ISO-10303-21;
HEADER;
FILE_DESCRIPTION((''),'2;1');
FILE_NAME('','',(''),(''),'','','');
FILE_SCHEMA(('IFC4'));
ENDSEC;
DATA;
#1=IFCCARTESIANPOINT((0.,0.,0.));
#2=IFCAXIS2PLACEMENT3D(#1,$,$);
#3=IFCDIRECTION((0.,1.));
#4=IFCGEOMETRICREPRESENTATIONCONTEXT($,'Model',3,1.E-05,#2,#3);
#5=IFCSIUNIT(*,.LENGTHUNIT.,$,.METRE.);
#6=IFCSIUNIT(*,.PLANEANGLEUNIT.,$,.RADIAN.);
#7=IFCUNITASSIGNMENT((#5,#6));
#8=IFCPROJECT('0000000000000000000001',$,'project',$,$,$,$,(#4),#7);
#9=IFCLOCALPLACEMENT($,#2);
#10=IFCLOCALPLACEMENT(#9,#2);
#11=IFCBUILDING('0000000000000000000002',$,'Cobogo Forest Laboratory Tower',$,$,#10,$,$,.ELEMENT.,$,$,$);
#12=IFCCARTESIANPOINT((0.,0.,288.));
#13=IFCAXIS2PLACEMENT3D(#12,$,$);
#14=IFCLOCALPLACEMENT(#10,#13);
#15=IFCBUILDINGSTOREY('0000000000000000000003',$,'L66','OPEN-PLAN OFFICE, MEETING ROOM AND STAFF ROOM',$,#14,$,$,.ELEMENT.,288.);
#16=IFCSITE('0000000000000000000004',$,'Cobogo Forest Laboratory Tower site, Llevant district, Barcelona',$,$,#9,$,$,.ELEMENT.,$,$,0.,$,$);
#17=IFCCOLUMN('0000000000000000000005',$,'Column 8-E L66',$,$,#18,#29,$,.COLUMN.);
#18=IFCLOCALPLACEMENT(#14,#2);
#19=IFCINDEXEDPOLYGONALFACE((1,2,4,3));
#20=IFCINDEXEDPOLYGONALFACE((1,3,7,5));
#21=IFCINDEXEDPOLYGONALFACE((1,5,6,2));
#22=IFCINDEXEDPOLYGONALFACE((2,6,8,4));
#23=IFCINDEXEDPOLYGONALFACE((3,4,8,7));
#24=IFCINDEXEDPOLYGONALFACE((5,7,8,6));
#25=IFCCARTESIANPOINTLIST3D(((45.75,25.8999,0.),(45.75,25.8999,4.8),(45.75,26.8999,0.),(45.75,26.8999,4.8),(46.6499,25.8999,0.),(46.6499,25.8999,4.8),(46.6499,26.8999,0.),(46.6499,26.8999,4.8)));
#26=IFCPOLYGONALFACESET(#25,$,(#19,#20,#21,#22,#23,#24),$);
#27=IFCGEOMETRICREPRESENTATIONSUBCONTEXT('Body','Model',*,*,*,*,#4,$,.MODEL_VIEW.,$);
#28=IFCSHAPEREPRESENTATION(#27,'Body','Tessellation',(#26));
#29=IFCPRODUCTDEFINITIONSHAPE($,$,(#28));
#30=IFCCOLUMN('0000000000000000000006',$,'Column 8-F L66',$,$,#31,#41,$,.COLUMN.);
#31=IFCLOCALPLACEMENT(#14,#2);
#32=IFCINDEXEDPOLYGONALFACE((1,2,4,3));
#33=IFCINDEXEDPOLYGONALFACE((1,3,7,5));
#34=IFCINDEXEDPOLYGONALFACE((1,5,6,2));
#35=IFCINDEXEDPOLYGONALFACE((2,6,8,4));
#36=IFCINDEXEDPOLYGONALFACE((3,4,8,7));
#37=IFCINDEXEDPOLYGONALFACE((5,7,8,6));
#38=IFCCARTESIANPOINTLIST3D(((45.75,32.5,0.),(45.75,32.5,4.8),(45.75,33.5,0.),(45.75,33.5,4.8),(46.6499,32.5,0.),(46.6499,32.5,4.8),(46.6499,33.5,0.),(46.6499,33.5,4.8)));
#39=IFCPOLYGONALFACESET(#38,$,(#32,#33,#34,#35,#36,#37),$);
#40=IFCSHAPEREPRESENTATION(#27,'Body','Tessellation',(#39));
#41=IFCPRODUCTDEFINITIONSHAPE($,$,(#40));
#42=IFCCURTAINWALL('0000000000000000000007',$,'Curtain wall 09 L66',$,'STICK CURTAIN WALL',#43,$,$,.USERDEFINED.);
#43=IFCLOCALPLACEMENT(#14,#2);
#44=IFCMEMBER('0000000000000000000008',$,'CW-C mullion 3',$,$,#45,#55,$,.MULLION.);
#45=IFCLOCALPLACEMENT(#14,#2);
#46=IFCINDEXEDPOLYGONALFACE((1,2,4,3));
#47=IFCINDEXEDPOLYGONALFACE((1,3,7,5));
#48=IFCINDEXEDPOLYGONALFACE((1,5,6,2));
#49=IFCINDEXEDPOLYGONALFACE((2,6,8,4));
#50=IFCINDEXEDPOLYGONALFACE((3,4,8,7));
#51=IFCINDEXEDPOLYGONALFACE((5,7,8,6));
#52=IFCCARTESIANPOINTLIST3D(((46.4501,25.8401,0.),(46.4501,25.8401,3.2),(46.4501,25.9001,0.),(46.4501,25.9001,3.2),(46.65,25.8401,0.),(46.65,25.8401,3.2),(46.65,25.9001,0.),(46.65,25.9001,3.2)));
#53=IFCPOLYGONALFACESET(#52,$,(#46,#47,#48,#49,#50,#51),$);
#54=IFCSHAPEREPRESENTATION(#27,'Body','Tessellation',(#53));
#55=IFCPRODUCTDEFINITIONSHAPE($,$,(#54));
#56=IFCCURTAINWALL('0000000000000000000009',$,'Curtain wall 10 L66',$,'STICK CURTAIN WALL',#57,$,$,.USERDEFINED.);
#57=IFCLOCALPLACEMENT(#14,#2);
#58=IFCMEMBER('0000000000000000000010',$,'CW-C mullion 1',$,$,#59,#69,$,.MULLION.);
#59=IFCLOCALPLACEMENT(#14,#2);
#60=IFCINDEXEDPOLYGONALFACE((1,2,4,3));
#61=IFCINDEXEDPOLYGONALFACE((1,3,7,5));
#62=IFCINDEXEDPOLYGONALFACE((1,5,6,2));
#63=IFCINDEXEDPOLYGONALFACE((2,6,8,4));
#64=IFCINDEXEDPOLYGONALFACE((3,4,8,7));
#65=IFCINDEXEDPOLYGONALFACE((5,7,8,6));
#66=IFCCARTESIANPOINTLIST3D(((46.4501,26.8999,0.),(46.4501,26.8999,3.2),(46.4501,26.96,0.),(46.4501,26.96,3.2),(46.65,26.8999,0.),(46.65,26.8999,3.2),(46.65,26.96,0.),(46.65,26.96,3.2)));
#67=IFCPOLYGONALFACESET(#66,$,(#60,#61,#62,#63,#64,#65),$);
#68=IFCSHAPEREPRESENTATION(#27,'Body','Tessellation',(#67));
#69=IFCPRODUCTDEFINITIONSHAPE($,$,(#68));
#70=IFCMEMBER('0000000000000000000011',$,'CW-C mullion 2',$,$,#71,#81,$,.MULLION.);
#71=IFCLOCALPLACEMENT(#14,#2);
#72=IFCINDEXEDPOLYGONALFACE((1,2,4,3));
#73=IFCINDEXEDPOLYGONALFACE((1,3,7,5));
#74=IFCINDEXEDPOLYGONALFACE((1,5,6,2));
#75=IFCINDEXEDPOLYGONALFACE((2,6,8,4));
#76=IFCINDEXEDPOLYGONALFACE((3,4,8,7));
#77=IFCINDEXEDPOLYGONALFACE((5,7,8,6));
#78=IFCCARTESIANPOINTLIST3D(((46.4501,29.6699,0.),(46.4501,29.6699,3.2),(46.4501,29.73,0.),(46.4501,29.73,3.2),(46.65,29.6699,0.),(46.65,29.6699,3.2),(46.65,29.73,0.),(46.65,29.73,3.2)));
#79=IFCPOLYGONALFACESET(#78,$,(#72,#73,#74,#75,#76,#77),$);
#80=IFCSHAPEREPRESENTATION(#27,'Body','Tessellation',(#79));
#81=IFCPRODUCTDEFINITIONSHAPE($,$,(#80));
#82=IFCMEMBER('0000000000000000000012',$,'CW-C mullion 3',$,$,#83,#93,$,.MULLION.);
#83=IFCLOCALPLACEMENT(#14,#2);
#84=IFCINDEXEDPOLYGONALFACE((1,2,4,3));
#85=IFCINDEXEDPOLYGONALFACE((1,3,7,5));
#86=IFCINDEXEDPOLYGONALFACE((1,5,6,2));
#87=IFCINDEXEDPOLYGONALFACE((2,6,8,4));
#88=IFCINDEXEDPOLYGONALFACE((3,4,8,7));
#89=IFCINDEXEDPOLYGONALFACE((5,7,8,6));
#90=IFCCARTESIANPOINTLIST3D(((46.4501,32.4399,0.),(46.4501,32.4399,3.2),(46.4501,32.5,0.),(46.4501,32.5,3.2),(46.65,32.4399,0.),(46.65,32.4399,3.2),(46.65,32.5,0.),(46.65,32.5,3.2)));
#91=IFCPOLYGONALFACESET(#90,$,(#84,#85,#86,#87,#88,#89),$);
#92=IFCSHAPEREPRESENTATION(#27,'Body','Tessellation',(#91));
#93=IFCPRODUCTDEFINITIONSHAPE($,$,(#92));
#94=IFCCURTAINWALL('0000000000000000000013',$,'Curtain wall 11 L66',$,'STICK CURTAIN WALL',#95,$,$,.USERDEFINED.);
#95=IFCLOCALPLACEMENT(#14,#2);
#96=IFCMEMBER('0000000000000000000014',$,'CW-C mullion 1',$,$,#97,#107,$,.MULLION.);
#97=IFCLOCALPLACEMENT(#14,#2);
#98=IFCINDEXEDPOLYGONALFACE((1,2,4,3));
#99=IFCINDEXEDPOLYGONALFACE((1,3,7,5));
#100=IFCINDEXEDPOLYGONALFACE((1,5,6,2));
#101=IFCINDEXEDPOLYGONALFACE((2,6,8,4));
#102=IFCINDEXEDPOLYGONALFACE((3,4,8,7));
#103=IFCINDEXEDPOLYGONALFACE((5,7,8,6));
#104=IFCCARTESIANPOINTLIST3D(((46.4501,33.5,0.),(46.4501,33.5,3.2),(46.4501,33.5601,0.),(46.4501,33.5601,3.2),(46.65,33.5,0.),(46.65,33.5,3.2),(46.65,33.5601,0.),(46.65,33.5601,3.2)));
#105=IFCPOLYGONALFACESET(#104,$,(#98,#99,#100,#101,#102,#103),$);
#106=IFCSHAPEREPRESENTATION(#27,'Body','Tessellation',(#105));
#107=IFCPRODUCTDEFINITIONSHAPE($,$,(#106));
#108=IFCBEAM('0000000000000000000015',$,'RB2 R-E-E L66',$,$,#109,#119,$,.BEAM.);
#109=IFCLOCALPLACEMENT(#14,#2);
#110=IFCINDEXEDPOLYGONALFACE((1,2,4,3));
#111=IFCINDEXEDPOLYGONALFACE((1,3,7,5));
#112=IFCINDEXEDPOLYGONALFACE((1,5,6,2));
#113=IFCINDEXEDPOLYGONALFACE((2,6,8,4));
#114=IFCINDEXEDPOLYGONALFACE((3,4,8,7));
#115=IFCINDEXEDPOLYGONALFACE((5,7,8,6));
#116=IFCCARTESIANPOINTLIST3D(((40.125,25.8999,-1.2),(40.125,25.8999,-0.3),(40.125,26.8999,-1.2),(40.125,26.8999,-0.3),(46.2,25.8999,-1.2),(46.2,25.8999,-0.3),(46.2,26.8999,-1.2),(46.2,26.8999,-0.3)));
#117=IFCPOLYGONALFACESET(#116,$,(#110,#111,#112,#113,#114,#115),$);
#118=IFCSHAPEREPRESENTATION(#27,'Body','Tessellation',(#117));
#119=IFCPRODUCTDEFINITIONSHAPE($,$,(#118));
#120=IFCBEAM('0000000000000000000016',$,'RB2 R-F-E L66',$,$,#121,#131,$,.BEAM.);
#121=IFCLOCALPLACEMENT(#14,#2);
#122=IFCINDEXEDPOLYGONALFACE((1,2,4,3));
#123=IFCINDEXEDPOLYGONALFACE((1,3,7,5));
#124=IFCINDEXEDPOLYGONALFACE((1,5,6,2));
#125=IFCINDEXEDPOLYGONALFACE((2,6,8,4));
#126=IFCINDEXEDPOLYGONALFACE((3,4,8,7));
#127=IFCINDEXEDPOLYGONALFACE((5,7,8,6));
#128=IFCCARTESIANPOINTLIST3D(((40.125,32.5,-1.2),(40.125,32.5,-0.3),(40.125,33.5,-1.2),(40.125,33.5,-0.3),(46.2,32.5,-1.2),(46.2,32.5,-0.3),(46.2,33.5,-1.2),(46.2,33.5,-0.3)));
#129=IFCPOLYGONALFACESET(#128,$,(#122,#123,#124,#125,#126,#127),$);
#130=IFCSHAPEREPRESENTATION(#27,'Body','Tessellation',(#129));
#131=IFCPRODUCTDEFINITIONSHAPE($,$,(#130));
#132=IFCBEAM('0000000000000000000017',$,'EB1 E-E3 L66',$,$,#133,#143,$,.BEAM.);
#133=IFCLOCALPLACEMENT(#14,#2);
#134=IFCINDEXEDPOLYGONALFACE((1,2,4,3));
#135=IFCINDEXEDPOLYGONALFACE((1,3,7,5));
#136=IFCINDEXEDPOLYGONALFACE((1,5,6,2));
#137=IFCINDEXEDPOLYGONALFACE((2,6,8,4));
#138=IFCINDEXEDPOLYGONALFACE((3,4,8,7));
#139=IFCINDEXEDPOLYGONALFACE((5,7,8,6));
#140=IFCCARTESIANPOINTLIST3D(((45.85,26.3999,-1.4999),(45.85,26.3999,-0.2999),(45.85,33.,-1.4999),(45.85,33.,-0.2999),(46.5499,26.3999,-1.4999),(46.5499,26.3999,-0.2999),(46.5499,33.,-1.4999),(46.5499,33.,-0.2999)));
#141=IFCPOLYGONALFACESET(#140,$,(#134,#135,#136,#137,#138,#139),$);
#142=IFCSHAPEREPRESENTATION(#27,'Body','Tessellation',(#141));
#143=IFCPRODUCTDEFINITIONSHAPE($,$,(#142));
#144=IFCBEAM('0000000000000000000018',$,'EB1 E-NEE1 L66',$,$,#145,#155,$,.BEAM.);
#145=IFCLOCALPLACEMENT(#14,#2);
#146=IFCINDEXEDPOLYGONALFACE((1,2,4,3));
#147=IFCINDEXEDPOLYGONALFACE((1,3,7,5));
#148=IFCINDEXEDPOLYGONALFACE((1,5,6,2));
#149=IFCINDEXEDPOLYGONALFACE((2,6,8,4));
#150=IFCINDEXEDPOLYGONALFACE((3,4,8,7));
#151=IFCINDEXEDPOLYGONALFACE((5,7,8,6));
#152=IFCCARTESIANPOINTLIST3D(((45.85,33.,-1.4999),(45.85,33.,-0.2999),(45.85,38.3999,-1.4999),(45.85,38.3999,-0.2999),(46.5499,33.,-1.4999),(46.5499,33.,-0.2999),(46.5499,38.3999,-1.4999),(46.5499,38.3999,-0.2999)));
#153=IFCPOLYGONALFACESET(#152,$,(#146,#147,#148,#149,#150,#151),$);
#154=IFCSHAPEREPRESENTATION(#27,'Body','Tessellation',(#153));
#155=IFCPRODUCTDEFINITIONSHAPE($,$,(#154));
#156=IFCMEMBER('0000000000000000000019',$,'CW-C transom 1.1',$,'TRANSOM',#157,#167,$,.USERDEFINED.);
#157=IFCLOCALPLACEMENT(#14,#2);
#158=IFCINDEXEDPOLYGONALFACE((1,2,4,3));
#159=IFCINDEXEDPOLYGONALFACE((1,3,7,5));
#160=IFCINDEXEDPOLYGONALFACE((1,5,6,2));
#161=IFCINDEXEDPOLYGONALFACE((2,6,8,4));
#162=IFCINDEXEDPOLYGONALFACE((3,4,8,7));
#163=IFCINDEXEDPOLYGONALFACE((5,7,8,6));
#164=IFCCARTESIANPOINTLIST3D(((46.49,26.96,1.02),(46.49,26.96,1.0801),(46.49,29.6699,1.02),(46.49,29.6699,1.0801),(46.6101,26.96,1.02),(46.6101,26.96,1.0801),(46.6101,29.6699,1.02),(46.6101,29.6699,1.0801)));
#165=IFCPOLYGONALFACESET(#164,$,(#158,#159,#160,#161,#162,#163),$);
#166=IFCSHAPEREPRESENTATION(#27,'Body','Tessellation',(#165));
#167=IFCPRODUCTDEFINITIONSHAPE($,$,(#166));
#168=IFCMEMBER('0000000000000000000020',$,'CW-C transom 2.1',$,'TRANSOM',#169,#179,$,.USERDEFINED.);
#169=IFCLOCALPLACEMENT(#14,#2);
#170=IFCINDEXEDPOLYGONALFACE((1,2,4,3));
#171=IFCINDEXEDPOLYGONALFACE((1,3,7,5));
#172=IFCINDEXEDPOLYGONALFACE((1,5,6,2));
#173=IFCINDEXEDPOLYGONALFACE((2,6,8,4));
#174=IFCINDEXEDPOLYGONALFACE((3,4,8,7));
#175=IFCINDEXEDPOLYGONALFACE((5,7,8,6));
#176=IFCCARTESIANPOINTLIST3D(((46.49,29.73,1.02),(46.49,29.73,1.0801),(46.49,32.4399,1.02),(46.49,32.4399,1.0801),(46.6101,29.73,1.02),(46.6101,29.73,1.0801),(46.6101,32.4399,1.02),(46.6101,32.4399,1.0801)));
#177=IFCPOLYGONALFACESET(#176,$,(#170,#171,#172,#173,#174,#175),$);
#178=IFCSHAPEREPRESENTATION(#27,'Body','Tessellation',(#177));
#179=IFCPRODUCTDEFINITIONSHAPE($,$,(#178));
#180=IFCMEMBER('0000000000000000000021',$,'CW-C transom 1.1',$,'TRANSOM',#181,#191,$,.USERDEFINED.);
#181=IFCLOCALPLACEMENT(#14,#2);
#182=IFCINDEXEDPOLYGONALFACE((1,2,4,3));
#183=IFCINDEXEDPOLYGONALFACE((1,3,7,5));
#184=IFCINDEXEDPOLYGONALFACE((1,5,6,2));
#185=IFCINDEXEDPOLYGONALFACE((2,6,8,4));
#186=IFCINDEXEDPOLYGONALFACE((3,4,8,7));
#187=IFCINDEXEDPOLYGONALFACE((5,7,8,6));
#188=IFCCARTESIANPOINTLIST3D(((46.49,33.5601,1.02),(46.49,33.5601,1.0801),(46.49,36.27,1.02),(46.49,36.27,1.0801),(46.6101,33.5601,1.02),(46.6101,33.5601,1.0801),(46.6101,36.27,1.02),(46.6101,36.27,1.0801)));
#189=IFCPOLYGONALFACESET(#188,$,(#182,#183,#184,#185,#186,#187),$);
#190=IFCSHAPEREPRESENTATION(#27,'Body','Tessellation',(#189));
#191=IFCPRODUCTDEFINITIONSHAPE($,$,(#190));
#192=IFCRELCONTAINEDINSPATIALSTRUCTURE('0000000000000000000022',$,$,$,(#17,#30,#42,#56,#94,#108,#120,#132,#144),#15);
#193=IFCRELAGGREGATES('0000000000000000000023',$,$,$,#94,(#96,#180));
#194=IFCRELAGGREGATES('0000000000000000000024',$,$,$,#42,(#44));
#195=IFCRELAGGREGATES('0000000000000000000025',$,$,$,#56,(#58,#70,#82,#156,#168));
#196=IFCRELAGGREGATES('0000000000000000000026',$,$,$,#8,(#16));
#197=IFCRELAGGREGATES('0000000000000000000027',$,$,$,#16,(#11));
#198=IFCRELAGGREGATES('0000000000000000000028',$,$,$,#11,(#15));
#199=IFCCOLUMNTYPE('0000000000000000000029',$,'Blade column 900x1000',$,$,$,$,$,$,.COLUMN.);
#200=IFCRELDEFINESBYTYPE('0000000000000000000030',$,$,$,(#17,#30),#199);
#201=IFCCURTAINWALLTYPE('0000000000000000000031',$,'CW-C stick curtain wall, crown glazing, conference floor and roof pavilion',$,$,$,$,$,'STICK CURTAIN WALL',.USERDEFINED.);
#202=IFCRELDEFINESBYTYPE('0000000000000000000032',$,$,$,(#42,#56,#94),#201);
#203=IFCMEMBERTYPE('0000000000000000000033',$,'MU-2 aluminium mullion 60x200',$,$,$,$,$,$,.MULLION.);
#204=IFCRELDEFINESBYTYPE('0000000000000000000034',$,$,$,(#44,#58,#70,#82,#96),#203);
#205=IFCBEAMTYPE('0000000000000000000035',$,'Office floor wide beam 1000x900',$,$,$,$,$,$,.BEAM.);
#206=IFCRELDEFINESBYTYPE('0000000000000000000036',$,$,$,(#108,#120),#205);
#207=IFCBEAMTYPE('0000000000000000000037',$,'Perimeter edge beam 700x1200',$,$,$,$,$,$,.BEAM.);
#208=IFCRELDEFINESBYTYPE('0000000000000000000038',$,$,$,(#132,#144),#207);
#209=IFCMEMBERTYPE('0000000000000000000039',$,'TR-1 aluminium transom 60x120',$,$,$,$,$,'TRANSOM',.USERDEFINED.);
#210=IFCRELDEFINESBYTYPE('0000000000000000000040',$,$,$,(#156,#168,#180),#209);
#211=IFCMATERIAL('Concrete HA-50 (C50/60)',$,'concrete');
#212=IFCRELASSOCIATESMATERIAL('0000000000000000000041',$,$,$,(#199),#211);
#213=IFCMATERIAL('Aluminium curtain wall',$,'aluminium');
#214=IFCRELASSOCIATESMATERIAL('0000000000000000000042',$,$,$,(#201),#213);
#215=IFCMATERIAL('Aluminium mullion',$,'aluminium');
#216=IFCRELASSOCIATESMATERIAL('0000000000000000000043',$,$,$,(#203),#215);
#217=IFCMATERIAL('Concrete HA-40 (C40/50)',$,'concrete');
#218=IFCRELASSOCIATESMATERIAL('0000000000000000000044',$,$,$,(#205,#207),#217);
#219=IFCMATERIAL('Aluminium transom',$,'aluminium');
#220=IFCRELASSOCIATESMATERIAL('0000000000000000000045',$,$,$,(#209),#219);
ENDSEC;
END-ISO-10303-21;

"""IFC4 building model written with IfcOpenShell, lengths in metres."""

from ifc_helpers import new_model, si_unit, direction, frame, origin, origin_2d, place, context, subcontext, project, spatial, rectangle, extrude, material, material_profile, profile_set, type_object, element, aggregate, save


model = new_model("IFC4")

# Units and contexts
model_context = context("Model", 3, precision=1e-05, world=origin(), true_north=direction((0.0, 1.0)))
body_context = subcontext(model_context, "Body", "Model", "MODEL_VIEW")
ifc_project = project(units=[si_unit("LENGTHUNIT", "METRE"), si_unit("PLANEANGLEUNIT", "RADIAN")], contexts=[model_context])

# Site, building, storey
site_placement = place(None, origin())
site = spatial("IfcSite", under=ifc_project, at=site_placement, Name="Cobogo Forest Laboratory Tower site, Llevant district, Barcelona", CompositionType="ELEMENT", RefElevation=0.0)
building_placement = place(site_placement, origin())
building = spatial("IfcBuilding", under=site, at=building_placement, Name="Cobogo Forest Laboratory Tower", CompositionType="ELEMENT")
storey_placement = place(building_placement, frame((0.0, 0.0, 288.0)))
storey = spatial("IfcBuildingStorey", under=building, at=storey_placement, Name="L66", Description="OPEN-PLAN OFFICE, MEETING ROOM AND STAFF ROOM", CompositionType="ELEMENT", Elevation=288.0)

# Columns
ifc_material_1 = material(Name="Concrete HA-50 (C50/60)", Category="concrete")
ifc_material_profile_1 = material_profile(ifc_material_1, rectangle(XDim=1.0, YDim=0.8999, at=origin_2d()), Name="RC 900x1000")
ifc_profile_set_1 = profile_set([ifc_material_profile_1], Name="Concrete HA-50 (C50/60)")
column_type = type_object("IfcColumnType", Name="Blade column 900x1000", PredefinedType="COLUMN", material=ifc_profile_set_1)
for number, where, z_axis, x_axis, name in (
    (1, (46.2, 26.3999, 0.0), (0.0, 0.0, 1.0), (0.0, 1.0, 0.0), "Column 8-E L66"),
    (2, (46.2, 33.0, 0.0), (0.0, 0.0, 1.0), (0.0, 1.0, 0.0), "Column 8-F L66"),
):
    element("IfcColumn", number, at=place(storey_placement, frame(where, z_axis=z_axis, x_axis=x_axis)), inside=storey, type_object=column_type, Name=name, PredefinedType="COLUMN", context=body_context, shape_type="SweptSolid", body=[
        extrude(rectangle(XDim=1.0, YDim=0.8999, at=origin_2d()), origin(), (0.0, 0.0, 1.0), 4.8),
    ])

# Curtain wall, member
ifc_material_2 = material(Name="Aluminium curtain wall", Category="aluminium")
curtain_wall_type = type_object("IfcCurtainWallType", Name="CW-C stick curtain wall, crown glazing, conference floor and roof pavilion", ElementType="STICK CURTAIN WALL", PredefinedType="USERDEFINED", material=ifc_material_2)
curtain_wall_1_placement = place(storey_placement, origin())
curtain_wall_1 = element("IfcCurtainWall", 3, at=curtain_wall_1_placement, inside=storey, type_object=curtain_wall_type, Name="Curtain wall 09 L66", ObjectType="STICK CURTAIN WALL", PredefinedType="USERDEFINED")
ifc_material_3 = material(Name="Aluminium mullion", Category="aluminium")
ifc_material_profile_2 = material_profile(ifc_material_3, rectangle(XDim=0.0601, YDim=0.2, at=origin_2d()), Name="AL 60x200")
ifc_profile_set_2 = profile_set([ifc_material_profile_2], Name="Aluminium mullion")
member_type_1 = type_object("IfcMemberType", Name="MU-2 aluminium mullion 60x200", PredefinedType="MULLION", material=ifc_profile_set_2)
member_1_placement = place(storey_placement, frame((46.55, 25.8701, 0.0), z_axis=(0.0, 0.0, 1.0), x_axis=(0.0, 1.0, 0.0)))
member_1 = element("IfcMember", 4, at=member_1_placement, type_object=member_type_1, Name="CW-C mullion 3", PredefinedType="MULLION", context=body_context, shape_type="SweptSolid", body=[
    extrude(rectangle(XDim=0.0601, YDim=0.2, at=origin_2d()), origin(), (0.0, 0.0, 1.0), 3.2),
])

# Curtain wall, members
curtain_wall_2_placement = place(storey_placement, origin())
curtain_wall_2 = element("IfcCurtainWall", 5, at=curtain_wall_2_placement, inside=storey, type_object=curtain_wall_type, Name="Curtain wall 10 L66", ObjectType="STICK CURTAIN WALL", PredefinedType="USERDEFINED")
member_2_placement = place(storey_placement, frame((46.55, 26.9299, 0.0), z_axis=(0.0, 0.0, 1.0), x_axis=(0.0, 1.0, 0.0)))
member_2 = element("IfcMember", 6, at=member_2_placement, type_object=member_type_1, Name="CW-C mullion 1", PredefinedType="MULLION", context=body_context, shape_type="SweptSolid", body=[
    extrude(rectangle(XDim=0.0601, YDim=0.2, at=origin_2d()), origin(), (0.0, 0.0, 1.0), 3.2),
])
member_3_placement = place(storey_placement, frame((46.55, 29.7, 0.0), z_axis=(0.0, 0.0, 1.0), x_axis=(0.0, 1.0, 0.0)))
member_3 = element("IfcMember", 7, at=member_3_placement, type_object=member_type_1, Name="CW-C mullion 2", PredefinedType="MULLION", context=body_context, shape_type="SweptSolid", body=[
    extrude(rectangle(XDim=0.0601, YDim=0.2, at=origin_2d()), origin(), (0.0, 0.0, 1.0), 3.2),
])
member_4_placement = place(storey_placement, frame((46.55, 32.47, 0.0), z_axis=(0.0, 0.0, 1.0), x_axis=(0.0, 1.0, 0.0)))
member_4 = element("IfcMember", 8, at=member_4_placement, type_object=member_type_1, Name="CW-C mullion 3", PredefinedType="MULLION", context=body_context, shape_type="SweptSolid", body=[
    extrude(rectangle(XDim=0.0601, YDim=0.2, at=origin_2d()), origin(), (0.0, 0.0, 1.0), 3.2),
])

# Curtain wall, member
curtain_wall_3_placement = place(storey_placement, origin())
curtain_wall_3 = element("IfcCurtainWall", 9, at=curtain_wall_3_placement, inside=storey, type_object=curtain_wall_type, Name="Curtain wall 11 L66", ObjectType="STICK CURTAIN WALL", PredefinedType="USERDEFINED")
member_5_placement = place(storey_placement, frame((46.55, 33.53, 0.0), z_axis=(0.0, 0.0, 1.0), x_axis=(0.0, 1.0, 0.0)))
member_5 = element("IfcMember", 10, at=member_5_placement, type_object=member_type_1, Name="CW-C mullion 1", PredefinedType="MULLION", context=body_context, shape_type="SweptSolid", body=[
    extrude(rectangle(XDim=0.0601, YDim=0.2, at=origin_2d()), origin(), (0.0, 0.0, 1.0), 3.2),
])

# Beams
ifc_material_4 = material(Name="Concrete HA-40 (C40/50)", Category="concrete")
ifc_material_profile_3 = material_profile(ifc_material_4, rectangle(XDim=1.0, YDim=0.8999, at=origin_2d()), Name="RC 1000x900")
ifc_profile_set_3 = profile_set([ifc_material_profile_3], Name="Concrete HA-40 (C40/50)")
beam_type_1 = type_object("IfcBeamType", Name="Office floor wide beam 1000x900", PredefinedType="BEAM", material=ifc_profile_set_3)
for number, where, z_axis, x_axis, name in (
    (11, (40.125, 26.3999, -0.75), (1.0, 0.0, 0.0), (0.0, 1.0, 0.0), "RB2 R-E-E L66"),
    (12, (40.125, 33.0, -0.75), (1.0, 0.0, 0.0), (0.0, 1.0, 0.0), "RB2 R-F-E L66"),
):
    element("IfcBeam", number, at=place(storey_placement, frame(where, z_axis=z_axis, x_axis=x_axis)), inside=storey, type_object=beam_type_1, Name=name, PredefinedType="BEAM", context=body_context, shape_type="SweptSolid", body=[
        extrude(rectangle(XDim=1.0, YDim=0.8999, at=origin_2d()), origin(), (0.0, 0.0, 1.0), 6.075),
    ])
ifc_material_profile_4 = material_profile(ifc_material_4, rectangle(XDim=0.7, YDim=1.2, at=origin_2d()), Name="RC 700x1200")
ifc_profile_set_4 = profile_set([ifc_material_profile_4], Name="Concrete HA-40 (C40/50)")
beam_type_2 = type_object("IfcBeamType", Name="Perimeter edge beam 700x1200", PredefinedType="BEAM", material=ifc_profile_set_4)
beam_1_placement = place(storey_placement, frame((46.2, 26.3999, -0.8999), z_axis=(0.0, 1.0, 0.0), x_axis=(-1.0, 0.0, 0.0)))
element("IfcBeam", 13, at=beam_1_placement, inside=storey, type_object=beam_type_2, Name="EB1 E-E3 L66", PredefinedType="BEAM", context=body_context, shape_type="SweptSolid", body=[
    extrude(rectangle(XDim=0.7, YDim=1.2, at=origin_2d()), origin(), (0.0, 0.0, 1.0), 6.6001),
])
beam_2_placement = place(storey_placement, frame((46.2, 33.0, -0.8999), z_axis=(0.0, 1.0, 0.0), x_axis=(-1.0, 0.0, 0.0)))
element("IfcBeam", 14, at=beam_2_placement, inside=storey, type_object=beam_type_2, Name="EB1 E-NEE1 L66", PredefinedType="BEAM", context=body_context, shape_type="SweptSolid", body=[
    extrude(rectangle(XDim=0.7, YDim=1.2, at=origin_2d()), origin(), (0.0, 0.0, 1.0), 5.3999),
])

# Members
ifc_material_5 = material(Name="Aluminium transom", Category="aluminium")
ifc_material_profile_5 = material_profile(ifc_material_5, rectangle(XDim=0.1201, YDim=0.0601, at=origin_2d()), Name="AL 60x120")
ifc_profile_set_5 = profile_set([ifc_material_profile_5], Name="Aluminium transom")
member_type_2 = type_object("IfcMemberType", Name="TR-1 aluminium transom 60x120", ElementType="TRANSOM", PredefinedType="USERDEFINED", material=ifc_profile_set_5)
member_6_placement = place(storey_placement, frame((46.55, 26.96, 1.05), z_axis=(0.0, 1.0, 0.0), x_axis=(-1.0, 0.0, 0.0)))
member_6 = element("IfcMember", 15, at=member_6_placement, type_object=member_type_2, Name="CW-C transom 1.1", ObjectType="TRANSOM", PredefinedType="USERDEFINED", context=body_context, shape_type="SweptSolid", body=[
    extrude(rectangle(XDim=0.1201, YDim=0.0601, at=origin_2d()), origin(), (0.0, 0.0, 1.0), 2.71),
])
member_7_placement = place(storey_placement, frame((46.55, 29.73, 1.05), z_axis=(0.0, 1.0, 0.0), x_axis=(-1.0, 0.0, 0.0)))
member_7 = element("IfcMember", 16, at=member_7_placement, type_object=member_type_2, Name="CW-C transom 2.1", ObjectType="TRANSOM", PredefinedType="USERDEFINED", context=body_context, shape_type="SweptSolid", body=[
    extrude(rectangle(XDim=0.1201, YDim=0.0601, at=origin_2d()), origin(), (0.0, 0.0, 1.0), 2.71),
])
member_8_placement = place(storey_placement, frame((46.55, 33.5601, 1.05), z_axis=(0.0, 1.0, 0.0), x_axis=(-1.0, 0.0, 0.0)))
member_8 = element("IfcMember", 17, at=member_8_placement, type_object=member_type_2, Name="CW-C transom 1.1", ObjectType="TRANSOM", PredefinedType="USERDEFINED", context=body_context, shape_type="SweptSolid", body=[
    extrude(rectangle(XDim=0.1201, YDim=0.0601, at=origin_2d()), origin(), (0.0, 0.0, 1.0), 2.71),
])
aggregate(curtain_wall_3, [member_5, member_8])

aggregate(curtain_wall_1, [member_1])
aggregate(curtain_wall_2, [member_2, member_3, member_4, member_6, member_7])

save(model, "model.ifc")
